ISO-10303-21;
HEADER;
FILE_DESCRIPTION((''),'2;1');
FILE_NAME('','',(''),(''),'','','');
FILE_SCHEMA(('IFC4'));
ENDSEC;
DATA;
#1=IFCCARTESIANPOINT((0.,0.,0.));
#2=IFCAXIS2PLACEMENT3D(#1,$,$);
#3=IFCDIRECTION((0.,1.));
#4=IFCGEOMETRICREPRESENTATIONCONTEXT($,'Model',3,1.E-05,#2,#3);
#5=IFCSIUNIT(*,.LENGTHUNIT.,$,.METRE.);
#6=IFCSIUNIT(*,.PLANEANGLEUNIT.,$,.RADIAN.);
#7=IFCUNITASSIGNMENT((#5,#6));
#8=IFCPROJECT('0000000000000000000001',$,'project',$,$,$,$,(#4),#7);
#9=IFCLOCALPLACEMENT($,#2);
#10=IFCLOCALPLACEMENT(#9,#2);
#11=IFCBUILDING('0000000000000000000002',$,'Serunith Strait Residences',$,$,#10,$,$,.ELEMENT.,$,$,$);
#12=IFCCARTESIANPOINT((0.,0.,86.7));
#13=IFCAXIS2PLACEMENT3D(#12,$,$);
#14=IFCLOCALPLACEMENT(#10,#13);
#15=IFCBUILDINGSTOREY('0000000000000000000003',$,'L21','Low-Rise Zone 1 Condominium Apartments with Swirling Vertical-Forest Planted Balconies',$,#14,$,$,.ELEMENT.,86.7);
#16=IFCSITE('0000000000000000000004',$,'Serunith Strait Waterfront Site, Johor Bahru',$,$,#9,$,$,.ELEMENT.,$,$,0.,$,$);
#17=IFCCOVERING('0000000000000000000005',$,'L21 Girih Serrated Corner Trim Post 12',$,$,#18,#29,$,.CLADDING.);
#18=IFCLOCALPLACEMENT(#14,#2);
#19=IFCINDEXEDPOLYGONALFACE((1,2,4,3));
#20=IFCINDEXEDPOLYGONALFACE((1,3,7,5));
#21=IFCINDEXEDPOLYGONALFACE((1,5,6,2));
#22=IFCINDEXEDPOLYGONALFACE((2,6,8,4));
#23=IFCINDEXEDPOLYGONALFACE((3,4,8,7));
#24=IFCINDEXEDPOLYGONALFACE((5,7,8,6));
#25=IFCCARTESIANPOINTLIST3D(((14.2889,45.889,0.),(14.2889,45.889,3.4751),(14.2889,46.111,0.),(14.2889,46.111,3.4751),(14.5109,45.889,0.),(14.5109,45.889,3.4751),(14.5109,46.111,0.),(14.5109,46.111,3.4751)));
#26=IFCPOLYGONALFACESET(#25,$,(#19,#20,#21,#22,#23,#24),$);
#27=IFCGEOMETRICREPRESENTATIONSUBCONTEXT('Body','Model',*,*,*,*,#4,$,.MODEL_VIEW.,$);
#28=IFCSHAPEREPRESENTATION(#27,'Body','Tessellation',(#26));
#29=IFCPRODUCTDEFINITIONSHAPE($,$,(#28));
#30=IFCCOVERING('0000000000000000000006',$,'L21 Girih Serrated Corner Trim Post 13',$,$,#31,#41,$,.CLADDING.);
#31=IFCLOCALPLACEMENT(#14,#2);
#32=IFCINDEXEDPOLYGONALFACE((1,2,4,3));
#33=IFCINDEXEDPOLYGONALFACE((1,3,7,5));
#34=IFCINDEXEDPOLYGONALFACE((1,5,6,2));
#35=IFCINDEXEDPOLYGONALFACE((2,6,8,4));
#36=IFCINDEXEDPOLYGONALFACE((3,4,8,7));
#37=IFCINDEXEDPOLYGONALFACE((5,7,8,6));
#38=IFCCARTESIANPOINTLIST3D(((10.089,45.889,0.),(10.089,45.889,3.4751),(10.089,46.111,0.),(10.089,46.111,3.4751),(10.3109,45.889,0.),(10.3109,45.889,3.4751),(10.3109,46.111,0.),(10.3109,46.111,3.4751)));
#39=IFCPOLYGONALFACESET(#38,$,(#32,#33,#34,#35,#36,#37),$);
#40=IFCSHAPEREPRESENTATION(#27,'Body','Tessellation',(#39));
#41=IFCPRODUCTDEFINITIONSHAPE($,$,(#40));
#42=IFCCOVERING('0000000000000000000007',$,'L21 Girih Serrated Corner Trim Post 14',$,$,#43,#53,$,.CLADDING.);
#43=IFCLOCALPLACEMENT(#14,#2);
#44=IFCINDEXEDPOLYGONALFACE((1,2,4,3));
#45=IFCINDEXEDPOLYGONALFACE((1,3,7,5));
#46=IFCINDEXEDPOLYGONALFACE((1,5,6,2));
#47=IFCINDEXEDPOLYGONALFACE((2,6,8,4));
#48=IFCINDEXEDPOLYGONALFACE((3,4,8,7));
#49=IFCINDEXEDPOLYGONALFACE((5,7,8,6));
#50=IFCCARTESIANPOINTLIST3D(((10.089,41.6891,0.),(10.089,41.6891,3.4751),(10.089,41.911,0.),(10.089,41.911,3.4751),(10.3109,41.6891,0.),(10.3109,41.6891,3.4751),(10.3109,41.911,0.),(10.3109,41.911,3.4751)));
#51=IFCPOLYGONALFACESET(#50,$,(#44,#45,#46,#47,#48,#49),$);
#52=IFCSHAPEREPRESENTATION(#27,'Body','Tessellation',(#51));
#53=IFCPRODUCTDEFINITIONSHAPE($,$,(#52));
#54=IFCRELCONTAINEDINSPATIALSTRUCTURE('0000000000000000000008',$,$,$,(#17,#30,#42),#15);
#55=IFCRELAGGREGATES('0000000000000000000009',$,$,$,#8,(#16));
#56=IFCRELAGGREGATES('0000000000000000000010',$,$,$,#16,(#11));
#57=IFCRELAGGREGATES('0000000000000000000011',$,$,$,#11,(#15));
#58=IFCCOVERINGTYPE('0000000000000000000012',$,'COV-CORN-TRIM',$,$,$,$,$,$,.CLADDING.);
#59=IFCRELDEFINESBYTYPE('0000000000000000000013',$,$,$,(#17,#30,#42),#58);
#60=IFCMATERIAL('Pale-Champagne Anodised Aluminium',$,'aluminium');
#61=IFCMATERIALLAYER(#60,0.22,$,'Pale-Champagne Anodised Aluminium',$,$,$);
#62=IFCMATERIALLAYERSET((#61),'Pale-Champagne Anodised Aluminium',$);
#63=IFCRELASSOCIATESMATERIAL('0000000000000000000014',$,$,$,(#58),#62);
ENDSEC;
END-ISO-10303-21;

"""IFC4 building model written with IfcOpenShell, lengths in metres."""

from ifc_helpers import new_model, si_unit, direction, frame, origin, origin_2d, place, context, subcontext, project, spatial, rectangle, extrude, source, transform, mapped, material, layer, layer_set, type_object, element, save


model = new_model("IFC4")

# Units and contexts
model_context = context("Model", 3, precision=1e-05, world=origin(), true_north=direction((0.0, 1.0)))
body_context = subcontext(model_context, "Body", "Model", "MODEL_VIEW")
ifc_project = project(units=[si_unit("LENGTHUNIT", "METRE"), si_unit("PLANEANGLEUNIT", "RADIAN")], contexts=[model_context])

# Site, building, storey
site_placement = place(None, origin())
site = spatial("IfcSite", under=ifc_project, at=site_placement, Name="Serunith Strait Waterfront Site, Johor Bahru", CompositionType="ELEMENT", RefElevation=0.0)
building_placement = place(site_placement, origin())
building = spatial("IfcBuilding", under=site, at=building_placement, Name="Serunith Strait Residences", CompositionType="ELEMENT")
storey_placement = place(building_placement, frame((0.0, 0.0, 86.7)))
storey = spatial("IfcBuildingStorey", under=building, at=storey_placement, Name="L21", Description="Low-Rise Zone 1 Condominium Apartments with Swirling Vertical-Forest Planted Balconies", CompositionType="ELEMENT", Elevation=86.7)

# Shared definitions
ifc_material_1 = material(Name="Pale-Champagne Anodised Aluminium", Category="aluminium")

# Coverings
ifc_layer_1 = layer(ifc_material_1, 0.22, Name="Pale-Champagne Anodised Aluminium")
ifc_layer_set_1 = layer_set([ifc_layer_1], Name="Pale-Champagne Anodised Aluminium")
covering_type = type_object("IfcCoveringType", Name="COV-CORN-TRIM", PredefinedType="CLADDING", material=ifc_layer_set_1)
shared_shape_1 = source(origin(), body_context, "Body", "SweptSolid", [
    extrude(rectangle(XDim=0.2219, YDim=0.2219, at=origin_2d()), origin(), (0.0, 0.0, 1.0), 3.4751),
])
for number, where, z_axis, x_axis, name in (
    (1, (14.3999, 46.0, 0.0), (0.0, 0.0, 1.0), (1.0, 0.0, 0.0), "L21 Girih Serrated Corner Trim Post 12"),
    (2, (10.2, 46.0, 0.0), (0.0, 0.0, 1.0), (1.0, 0.0, 0.0), "L21 Girih Serrated Corner Trim Post 13"),
    (3, (10.2, 41.8, 0.0), (0.0, 0.0, 1.0), (1.0, 0.0, 0.0), "L21 Girih Serrated Corner Trim Post 14"),
):
    element("IfcCovering", number, at=place(storey_placement, frame(where, z_axis=z_axis, x_axis=x_axis)), inside=storey, type_object=covering_type, Name=name, PredefinedType="CLADDING", context=body_context, shape_type="MappedRepresentation", body=[
        mapped(shared_shape_1, transform((0.0, 0.0, 0.0), scale=1.0)),
    ])

save(model, "model.ifc")
